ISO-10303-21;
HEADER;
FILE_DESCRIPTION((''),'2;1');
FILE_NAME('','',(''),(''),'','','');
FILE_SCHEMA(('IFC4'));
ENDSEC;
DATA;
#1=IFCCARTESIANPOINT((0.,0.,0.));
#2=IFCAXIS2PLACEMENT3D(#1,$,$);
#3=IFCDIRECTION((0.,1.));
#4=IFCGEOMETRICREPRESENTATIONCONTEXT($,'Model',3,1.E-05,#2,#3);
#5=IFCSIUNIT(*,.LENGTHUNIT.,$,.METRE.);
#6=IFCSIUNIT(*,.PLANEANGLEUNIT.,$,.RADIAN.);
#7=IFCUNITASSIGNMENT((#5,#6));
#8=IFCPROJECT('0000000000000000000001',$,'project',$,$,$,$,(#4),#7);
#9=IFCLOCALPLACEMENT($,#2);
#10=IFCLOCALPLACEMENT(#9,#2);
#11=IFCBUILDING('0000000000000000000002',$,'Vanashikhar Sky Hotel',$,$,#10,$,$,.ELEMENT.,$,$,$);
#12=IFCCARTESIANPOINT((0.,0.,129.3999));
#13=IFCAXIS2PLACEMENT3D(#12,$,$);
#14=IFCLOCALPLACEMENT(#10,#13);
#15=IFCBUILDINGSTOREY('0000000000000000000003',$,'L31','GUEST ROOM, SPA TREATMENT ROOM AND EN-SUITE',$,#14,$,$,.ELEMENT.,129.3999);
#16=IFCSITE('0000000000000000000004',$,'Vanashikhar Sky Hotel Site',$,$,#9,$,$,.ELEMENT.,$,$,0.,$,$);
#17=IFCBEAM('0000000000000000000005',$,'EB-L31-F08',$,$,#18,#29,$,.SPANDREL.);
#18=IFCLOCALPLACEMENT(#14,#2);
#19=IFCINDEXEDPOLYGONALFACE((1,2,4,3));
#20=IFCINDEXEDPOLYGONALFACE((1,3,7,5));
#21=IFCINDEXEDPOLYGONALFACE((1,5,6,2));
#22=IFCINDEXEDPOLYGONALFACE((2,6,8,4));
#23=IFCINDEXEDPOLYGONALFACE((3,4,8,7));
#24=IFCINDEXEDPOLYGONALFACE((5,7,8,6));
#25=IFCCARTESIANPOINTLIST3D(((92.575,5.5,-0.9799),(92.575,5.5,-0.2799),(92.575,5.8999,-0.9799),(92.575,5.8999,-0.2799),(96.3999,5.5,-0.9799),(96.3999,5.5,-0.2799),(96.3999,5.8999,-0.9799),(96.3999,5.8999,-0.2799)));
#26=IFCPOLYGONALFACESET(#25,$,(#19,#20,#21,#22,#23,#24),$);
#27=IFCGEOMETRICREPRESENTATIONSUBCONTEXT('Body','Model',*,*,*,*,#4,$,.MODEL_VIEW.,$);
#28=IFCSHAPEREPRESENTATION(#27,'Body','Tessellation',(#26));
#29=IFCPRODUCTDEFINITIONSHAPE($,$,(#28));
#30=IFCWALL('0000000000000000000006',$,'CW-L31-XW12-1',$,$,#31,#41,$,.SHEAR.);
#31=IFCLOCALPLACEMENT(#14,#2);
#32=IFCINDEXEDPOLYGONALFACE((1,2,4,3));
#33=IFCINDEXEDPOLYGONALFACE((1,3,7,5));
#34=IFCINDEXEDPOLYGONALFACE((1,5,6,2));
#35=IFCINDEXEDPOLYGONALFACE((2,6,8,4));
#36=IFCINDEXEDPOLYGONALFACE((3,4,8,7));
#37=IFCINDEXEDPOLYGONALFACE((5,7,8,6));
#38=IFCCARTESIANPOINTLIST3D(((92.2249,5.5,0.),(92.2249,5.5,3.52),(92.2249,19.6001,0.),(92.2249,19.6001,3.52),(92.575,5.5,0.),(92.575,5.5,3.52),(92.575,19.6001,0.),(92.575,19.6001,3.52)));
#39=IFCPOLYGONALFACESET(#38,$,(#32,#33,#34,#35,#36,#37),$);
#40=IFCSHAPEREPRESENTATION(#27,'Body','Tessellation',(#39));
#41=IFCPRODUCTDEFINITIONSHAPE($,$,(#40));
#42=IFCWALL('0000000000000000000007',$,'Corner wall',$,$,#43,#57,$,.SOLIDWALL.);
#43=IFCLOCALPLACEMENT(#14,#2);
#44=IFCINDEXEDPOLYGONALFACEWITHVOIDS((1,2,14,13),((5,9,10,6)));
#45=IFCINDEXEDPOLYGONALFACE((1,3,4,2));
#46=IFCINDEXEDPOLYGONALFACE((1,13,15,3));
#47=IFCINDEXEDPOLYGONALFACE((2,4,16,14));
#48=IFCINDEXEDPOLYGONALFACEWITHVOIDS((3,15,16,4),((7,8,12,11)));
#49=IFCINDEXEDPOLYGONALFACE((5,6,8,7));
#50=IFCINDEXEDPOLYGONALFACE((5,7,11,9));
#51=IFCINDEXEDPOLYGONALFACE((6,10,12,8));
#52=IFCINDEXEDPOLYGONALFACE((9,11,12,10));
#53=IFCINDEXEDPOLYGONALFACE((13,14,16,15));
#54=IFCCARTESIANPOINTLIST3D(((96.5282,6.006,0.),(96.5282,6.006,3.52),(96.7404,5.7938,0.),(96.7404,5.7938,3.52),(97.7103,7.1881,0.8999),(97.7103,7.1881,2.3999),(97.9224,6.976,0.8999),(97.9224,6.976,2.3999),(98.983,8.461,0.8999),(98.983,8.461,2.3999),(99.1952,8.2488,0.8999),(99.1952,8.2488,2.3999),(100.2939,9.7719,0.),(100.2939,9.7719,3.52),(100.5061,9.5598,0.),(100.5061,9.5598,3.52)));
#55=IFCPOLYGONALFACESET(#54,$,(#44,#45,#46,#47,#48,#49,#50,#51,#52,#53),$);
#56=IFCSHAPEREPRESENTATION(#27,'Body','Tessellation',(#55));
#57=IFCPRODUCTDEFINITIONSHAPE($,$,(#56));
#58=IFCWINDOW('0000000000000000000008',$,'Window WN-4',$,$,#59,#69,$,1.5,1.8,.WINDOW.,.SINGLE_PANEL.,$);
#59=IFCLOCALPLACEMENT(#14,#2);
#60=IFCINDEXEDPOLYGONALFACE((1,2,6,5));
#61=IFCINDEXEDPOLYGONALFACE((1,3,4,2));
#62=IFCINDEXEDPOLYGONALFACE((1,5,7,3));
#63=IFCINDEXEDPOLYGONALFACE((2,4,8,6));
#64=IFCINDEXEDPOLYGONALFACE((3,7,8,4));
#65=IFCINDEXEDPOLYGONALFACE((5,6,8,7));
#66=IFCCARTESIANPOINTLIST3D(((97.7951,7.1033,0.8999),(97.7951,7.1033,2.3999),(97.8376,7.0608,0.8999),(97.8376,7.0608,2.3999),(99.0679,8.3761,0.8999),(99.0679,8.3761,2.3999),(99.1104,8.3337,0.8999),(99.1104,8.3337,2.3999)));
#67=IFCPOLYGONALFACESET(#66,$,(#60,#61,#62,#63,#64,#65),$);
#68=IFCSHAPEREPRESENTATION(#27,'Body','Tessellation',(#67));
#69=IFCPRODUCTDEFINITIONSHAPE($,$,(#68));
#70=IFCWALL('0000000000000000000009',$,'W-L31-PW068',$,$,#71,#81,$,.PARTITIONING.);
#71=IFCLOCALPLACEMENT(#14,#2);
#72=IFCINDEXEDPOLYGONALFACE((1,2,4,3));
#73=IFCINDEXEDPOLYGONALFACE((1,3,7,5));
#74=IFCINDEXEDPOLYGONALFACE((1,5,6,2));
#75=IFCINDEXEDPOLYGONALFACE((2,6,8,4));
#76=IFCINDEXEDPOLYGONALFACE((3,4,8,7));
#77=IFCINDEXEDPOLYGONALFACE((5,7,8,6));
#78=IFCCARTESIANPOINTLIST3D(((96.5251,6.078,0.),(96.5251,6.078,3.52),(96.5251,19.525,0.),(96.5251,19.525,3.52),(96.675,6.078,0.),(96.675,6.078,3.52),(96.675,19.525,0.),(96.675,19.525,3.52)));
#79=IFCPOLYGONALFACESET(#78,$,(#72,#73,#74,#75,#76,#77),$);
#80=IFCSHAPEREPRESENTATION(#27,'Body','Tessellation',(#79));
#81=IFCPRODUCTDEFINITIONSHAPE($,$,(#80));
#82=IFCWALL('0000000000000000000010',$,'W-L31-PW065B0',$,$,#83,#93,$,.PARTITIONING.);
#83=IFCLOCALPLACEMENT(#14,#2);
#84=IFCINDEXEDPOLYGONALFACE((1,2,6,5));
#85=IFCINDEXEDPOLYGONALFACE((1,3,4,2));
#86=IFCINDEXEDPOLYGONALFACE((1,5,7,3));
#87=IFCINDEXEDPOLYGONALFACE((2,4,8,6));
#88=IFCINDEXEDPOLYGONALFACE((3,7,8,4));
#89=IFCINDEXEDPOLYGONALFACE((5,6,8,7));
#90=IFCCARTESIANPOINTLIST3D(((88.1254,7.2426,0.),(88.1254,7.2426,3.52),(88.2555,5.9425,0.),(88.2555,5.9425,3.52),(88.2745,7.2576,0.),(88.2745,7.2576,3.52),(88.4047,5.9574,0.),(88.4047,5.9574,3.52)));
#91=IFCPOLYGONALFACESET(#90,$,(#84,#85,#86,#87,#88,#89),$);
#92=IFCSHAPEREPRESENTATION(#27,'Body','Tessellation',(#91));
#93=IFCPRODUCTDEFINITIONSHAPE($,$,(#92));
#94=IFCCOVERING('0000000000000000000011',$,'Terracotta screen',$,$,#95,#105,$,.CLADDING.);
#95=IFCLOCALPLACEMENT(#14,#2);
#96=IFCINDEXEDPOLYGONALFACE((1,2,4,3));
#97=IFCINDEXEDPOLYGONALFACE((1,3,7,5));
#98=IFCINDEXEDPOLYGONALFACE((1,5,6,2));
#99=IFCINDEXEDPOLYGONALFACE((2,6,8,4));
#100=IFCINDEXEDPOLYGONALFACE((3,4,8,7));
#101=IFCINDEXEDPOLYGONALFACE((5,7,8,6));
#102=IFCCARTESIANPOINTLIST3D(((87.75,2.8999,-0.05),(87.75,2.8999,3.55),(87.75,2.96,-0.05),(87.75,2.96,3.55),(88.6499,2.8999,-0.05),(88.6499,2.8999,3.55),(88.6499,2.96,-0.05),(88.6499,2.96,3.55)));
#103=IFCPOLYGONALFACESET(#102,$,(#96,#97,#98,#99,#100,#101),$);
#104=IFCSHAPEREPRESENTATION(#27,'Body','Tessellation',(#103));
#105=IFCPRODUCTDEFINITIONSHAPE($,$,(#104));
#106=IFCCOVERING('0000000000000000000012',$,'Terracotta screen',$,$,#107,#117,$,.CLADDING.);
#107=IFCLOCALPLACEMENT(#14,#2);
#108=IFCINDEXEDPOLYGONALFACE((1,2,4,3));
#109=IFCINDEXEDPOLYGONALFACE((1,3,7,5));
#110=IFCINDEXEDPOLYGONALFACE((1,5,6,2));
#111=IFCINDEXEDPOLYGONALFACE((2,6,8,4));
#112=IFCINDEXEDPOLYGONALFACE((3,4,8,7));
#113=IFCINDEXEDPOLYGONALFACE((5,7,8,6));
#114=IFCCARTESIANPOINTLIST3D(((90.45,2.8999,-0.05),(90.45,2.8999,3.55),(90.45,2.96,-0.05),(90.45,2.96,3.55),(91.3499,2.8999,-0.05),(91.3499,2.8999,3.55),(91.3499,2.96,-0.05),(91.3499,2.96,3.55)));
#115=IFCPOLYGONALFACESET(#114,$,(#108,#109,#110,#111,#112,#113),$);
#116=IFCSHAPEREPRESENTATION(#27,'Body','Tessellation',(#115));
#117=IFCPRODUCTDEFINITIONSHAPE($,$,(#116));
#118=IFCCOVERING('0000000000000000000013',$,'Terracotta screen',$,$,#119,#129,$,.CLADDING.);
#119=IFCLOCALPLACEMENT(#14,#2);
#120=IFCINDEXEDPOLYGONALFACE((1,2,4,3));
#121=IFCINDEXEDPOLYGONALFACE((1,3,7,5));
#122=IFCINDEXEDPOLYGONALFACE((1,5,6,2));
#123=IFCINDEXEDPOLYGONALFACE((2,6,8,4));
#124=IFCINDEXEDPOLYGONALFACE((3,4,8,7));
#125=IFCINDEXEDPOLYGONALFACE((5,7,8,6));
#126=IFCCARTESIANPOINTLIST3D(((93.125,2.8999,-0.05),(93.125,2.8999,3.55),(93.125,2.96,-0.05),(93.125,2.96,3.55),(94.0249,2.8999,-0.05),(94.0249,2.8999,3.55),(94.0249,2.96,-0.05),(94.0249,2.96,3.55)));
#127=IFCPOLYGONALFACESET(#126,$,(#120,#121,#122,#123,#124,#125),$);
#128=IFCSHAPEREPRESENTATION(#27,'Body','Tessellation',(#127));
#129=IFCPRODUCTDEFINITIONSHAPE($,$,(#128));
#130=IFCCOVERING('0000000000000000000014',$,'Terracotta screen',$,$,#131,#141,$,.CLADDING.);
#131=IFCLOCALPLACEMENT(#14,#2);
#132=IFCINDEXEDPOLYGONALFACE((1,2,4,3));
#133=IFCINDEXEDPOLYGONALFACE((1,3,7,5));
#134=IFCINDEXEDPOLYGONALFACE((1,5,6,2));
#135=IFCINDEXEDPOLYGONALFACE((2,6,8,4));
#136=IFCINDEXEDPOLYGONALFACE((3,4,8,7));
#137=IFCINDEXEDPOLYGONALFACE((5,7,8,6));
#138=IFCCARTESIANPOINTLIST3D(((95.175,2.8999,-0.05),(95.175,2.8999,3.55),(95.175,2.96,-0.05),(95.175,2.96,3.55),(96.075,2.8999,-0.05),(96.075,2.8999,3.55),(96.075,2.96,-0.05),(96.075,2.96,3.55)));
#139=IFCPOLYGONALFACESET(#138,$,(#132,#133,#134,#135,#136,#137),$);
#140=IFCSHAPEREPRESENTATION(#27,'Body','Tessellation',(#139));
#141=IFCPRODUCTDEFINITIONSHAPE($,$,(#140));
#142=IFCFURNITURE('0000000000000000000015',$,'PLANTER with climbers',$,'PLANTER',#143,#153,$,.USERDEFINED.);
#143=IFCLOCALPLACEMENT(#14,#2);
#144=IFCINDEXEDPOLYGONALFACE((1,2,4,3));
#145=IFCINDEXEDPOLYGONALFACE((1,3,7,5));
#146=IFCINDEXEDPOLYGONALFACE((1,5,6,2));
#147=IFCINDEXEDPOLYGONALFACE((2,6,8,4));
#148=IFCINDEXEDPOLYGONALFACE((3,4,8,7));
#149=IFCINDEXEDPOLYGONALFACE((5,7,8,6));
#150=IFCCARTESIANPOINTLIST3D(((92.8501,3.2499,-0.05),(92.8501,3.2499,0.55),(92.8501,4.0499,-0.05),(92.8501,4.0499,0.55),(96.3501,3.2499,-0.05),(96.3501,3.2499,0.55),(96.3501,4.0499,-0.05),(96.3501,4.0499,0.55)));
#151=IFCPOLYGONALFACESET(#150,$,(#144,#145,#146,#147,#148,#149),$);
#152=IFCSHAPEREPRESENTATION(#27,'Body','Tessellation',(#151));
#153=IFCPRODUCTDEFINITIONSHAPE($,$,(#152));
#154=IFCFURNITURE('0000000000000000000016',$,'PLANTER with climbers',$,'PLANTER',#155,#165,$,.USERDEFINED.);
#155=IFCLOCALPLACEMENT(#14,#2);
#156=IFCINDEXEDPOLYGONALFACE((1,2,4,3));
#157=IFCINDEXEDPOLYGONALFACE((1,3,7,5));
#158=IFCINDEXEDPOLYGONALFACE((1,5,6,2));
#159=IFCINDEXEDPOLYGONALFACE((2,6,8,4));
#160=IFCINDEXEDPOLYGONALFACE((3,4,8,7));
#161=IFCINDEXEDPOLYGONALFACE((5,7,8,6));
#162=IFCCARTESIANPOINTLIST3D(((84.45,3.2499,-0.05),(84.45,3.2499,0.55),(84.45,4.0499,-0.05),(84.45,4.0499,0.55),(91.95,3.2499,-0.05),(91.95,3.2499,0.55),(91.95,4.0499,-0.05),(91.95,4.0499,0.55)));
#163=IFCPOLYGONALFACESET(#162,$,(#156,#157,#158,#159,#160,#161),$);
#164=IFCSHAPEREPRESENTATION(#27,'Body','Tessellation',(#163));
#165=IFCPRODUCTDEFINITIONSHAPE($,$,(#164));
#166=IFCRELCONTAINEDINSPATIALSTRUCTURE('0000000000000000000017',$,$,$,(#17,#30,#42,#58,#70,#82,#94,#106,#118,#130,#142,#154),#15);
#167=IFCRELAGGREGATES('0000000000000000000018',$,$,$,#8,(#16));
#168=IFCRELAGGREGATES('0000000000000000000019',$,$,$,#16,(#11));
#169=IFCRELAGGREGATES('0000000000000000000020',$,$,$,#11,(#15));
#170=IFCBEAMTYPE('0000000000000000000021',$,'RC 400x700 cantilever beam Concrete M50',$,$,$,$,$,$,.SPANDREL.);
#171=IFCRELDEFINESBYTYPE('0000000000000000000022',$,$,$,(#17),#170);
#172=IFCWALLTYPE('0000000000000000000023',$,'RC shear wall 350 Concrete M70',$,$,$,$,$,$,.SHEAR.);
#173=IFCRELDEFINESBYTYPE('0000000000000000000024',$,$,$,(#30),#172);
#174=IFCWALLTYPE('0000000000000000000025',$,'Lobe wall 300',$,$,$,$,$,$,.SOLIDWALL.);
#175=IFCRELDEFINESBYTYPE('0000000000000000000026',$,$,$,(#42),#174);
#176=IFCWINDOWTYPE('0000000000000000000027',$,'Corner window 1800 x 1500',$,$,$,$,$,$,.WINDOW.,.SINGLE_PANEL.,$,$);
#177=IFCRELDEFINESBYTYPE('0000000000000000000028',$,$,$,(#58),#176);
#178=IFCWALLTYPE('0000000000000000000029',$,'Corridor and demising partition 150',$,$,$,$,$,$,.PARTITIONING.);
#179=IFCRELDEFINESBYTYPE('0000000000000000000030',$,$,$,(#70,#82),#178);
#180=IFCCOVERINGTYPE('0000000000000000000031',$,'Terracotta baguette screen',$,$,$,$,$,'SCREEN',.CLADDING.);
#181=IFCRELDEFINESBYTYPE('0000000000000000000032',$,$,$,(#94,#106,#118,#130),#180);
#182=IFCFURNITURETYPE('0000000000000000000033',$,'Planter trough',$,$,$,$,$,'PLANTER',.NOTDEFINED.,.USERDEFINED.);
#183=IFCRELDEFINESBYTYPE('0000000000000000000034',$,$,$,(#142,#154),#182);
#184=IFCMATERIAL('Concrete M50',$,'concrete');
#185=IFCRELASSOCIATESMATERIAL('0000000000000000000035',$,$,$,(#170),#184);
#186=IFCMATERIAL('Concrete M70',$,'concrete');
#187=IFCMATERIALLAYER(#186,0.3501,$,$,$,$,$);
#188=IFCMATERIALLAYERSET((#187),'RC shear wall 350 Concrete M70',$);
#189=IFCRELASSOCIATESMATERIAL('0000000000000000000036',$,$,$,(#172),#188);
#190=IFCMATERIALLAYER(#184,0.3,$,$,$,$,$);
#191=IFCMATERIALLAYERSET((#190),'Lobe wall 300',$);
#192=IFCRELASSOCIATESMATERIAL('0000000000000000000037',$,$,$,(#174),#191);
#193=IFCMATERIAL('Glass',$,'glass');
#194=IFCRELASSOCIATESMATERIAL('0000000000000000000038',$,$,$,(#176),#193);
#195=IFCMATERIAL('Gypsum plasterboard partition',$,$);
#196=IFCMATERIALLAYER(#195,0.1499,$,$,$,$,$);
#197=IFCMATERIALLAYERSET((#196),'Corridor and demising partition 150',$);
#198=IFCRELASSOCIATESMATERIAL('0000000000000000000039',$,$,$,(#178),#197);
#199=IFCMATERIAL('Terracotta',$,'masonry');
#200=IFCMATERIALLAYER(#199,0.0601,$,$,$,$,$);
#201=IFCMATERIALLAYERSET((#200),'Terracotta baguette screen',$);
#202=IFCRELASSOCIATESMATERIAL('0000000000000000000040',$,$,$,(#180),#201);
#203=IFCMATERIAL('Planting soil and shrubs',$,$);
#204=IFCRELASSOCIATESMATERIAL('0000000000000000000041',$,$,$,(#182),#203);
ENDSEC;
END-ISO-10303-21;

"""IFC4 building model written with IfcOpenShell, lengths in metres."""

from ifc_helpers import new_model, si_unit, direction, frame, frame_2d, origin, origin_2d, place, context, subcontext, project, spatial, rectangle, extrude, source, transform, mapped, material, layer, layer_set, material_profile, profile_set, type_object, element, fill, save


model = new_model("IFC4")

# Units and contexts
model_context = context("Model", 3, precision=1e-05, world=origin(), true_north=direction((0.0, 1.0)))
body_context = subcontext(model_context, "Body", "Model", "MODEL_VIEW")
ifc_project = project(units=[si_unit("LENGTHUNIT", "METRE"), si_unit("PLANEANGLEUNIT", "RADIAN")], contexts=[model_context])

# Site, building, storey
site_placement = place(None, origin())
site = spatial("IfcSite", under=ifc_project, at=site_placement, Name="Vanashikhar Sky Hotel Site", CompositionType="ELEMENT", RefElevation=0.0)
building_placement = place(site_placement, origin())
building = spatial("IfcBuilding", under=site, at=building_placement, Name="Vanashikhar Sky Hotel", CompositionType="ELEMENT")
storey_placement = place(building_placement, frame((0.0, 0.0, 129.3999)))
storey = spatial("IfcBuildingStorey", under=building, at=storey_placement, Name="L31", Description="GUEST ROOM, SPA TREATMENT ROOM AND EN-SUITE", CompositionType="ELEMENT", Elevation=129.3999)

# Beam
ifc_material_1 = material(Name="Concrete M50", Category="concrete")
ifc_material_profile = material_profile(ifc_material_1, rectangle(XDim=0.3999, YDim=0.7, at=origin_2d()))
ifc_profile_set = profile_set([ifc_material_profile], Name="RC 400x700 cantilever beam Concrete M50")
beam_type = type_object("IfcBeamType", Name="RC 400x700 cantilever beam Concrete M50", PredefinedType="SPANDREL", material=ifc_profile_set)
shared_shape_1 = source(origin(), body_context, "Body", "SweptSolid", [
    extrude(rectangle(XDim=0.3999, YDim=0.7, at=origin_2d()), origin(), (0.0, 0.0, 1.0), 3.825),
])
beam_placement = place(storey_placement, frame((92.575, 5.7, -0.6299), z_axis=(1.0, 0.0, 0.0), x_axis=(0.0, 1.0, 0.0)))
element("IfcBeam", 1, at=beam_placement, inside=storey, type_object=beam_type, Name="EB-L31-F08", PredefinedType="SPANDREL", context=body_context, shape_type="MappedRepresentation", body=[
    mapped(shared_shape_1, transform((0.0, 0.0, 0.0), scale=1.0)),
])

# Wall
ifc_material_2 = material(Name="Concrete M70", Category="concrete")
ifc_layer_1 = layer(ifc_material_2, 0.3501)
ifc_layer_set_1 = layer_set([ifc_layer_1], Name="RC shear wall 350 Concrete M70")
wall_type_1 = type_object("IfcWallType", Name="RC shear wall 350 Concrete M70", PredefinedType="SHEAR", material=ifc_layer_set_1)
shared_shape_2 = source(origin(), body_context, "Body", "SweptSolid", [
    extrude(rectangle(XDim=14.1001, YDim=0.3501, at=frame_2d((7.05, 0.0))), origin(), (0.0, 0.0, 1.0), 3.52),
])
wall_1_placement = place(storey_placement, frame((92.3999, 5.5, 0.0), z_axis=(0.0, 0.0, 1.0), x_axis=(0.0, 1.0, 0.0)))
element("IfcWall", 2, at=wall_1_placement, inside=storey, type_object=wall_type_1, Name="CW-L31-XW12-1", PredefinedType="SHEAR", context=body_context, shape_type="MappedRepresentation", body=[
    mapped(shared_shape_2, transform((0.0, 0.0, 0.0), scale=1.0)),
])

# Wall, opening, window
ifc_layer_2 = layer(ifc_material_1, 0.3)
ifc_layer_set_2 = layer_set([ifc_layer_2], Name="Lobe wall 300")
wall_type_2 = type_object("IfcWallType", Name="Lobe wall 300", PredefinedType="SOLIDWALL", material=ifc_layer_set_2)
shared_shape_3 = source(origin(), body_context, "Body", "SweptSolid", [
    extrude(rectangle(XDim=5.3257, YDim=0.3, at=frame_2d((2.6628, 0.0))), origin(), (0.0, 0.0, 1.0), 3.52),
])
wall_2_placement = place(storey_placement, frame((96.6343, 5.8999, 0.0), z_axis=(0.0, 0.0, 1.0), x_axis=(0.707084, 0.70713, 0.0)))
wall_2 = element("IfcWall", 3, at=wall_2_placement, inside=storey, type_object=wall_type_2, Name="Corner wall", PredefinedType="SOLIDWALL", context=body_context, shape_type="MappedRepresentation", body=[
    mapped(shared_shape_3, transform((0.0, 0.0, 0.0), scale=1.0)),
])
shared_shape_4 = source(origin(), body_context, "Body", "SweptSolid", [
    extrude(rectangle(XDim=1.8, YDim=1.5, at=frame_2d((0.8999, 0.75))), frame((0.0, 0.1602, 0.0), z_axis=(0.0, -1.0, 0.0), x_axis=(1.0, 0.0, 0.0)), (0.0, 0.0, 1.0), 0.3201),
])
opening_1_placement = place(wall_2_placement, frame((1.6719, 0.0, 0.8999)))
opening_1 = element("IfcOpeningElement", 4, at=opening_1_placement, cuts=wall_2, PredefinedType="OPENING", context=body_context, shape_type="MappedRepresentation", body=[
    mapped(shared_shape_4, transform((0.0, 0.0, 0.0), scale=1.0)),
])
ifc_material_3 = material(Name="Glass", Category="glass")
window_type_1 = type_object("IfcWindowType", Name="Corner window 1800 x 1500", PartitioningType="SINGLE_PANEL", PredefinedType="WINDOW", material=ifc_material_3)
shared_shape_5 = source(origin(), body_context, "Body", "SweptSolid", [
    extrude(rectangle(XDim=1.8, YDim=1.5, at=frame_2d((0.8999, 0.75))), frame((0.0, 0.03, 0.0), z_axis=(0.0, -1.0, 0.0), x_axis=(1.0, 0.0, 0.0)), (0.0, 0.0, 1.0), 0.0601),
])
window_1_placement = place(opening_1_placement, origin())
window_1 = element("IfcWindow", 5, at=window_1_placement, inside=storey, type_object=window_type_1, Name="Window WN-4", OverallHeight=1.5, OverallWidth=1.8, PartitioningType="SINGLE_PANEL", PredefinedType="WINDOW", context=body_context, shape_type="MappedRepresentation", body=[
    mapped(shared_shape_5, transform((0.0, 0.0, 0.0), scale=1.0)),
])
fill(opening_1, window_1)

# Walls
ifc_material_4 = material(Name="Gypsum plasterboard partition")
ifc_layer_3 = layer(ifc_material_4, 0.1499)
ifc_layer_set_3 = layer_set([ifc_layer_3], Name="Corridor and demising partition 150")
wall_type_3 = type_object("IfcWallType", Name="Corridor and demising partition 150", PredefinedType="PARTITIONING", material=ifc_layer_set_3)
shared_shape_6 = source(origin(), body_context, "Body", "SweptSolid", [
    extrude(rectangle(XDim=13.447, YDim=0.1499, at=frame_2d((6.7236, 0.0))), origin(), (0.0, 0.0, 1.0), 3.52),
])
wall_3_placement = place(storey_placement, frame((96.6001, 6.0779, 0.0), z_axis=(0.0, 0.0, 1.0), x_axis=(0.0, 1.0, 0.0)))
element("IfcWall", 6, at=wall_3_placement, inside=storey, type_object=wall_type_3, Name="W-L31-PW068", PredefinedType="PARTITIONING", context=body_context, shape_type="MappedRepresentation", body=[
    mapped(shared_shape_6, transform((0.0, 0.0, 0.0), scale=1.0)),
])
shared_shape_7 = source(origin(), body_context, "Body", "SweptSolid", [
    extrude(rectangle(XDim=1.3066, YDim=0.1499, at=frame_2d((0.6533, 0.0))), origin(), (0.0, 0.0, 1.0), 3.52),
])
wall_4_placement = place(storey_placement, frame((88.3301, 5.95, 0.0), z_axis=(0.0, 0.0, 1.0), x_axis=(-0.099596, 0.995028, 0.0)))
element("IfcWall", 7, at=wall_4_placement, inside=storey, type_object=wall_type_3, Name="W-L31-PW065B0", PredefinedType="PARTITIONING", context=body_context, shape_type="MappedRepresentation", body=[
    mapped(shared_shape_7, transform((0.0, 0.0, 0.0), scale=1.0)),
])

# Coverings
ifc_material_5 = material(Name="Terracotta", Category="masonry")
ifc_layer_4 = layer(ifc_material_5, 0.0601)
ifc_layer_set_4 = layer_set([ifc_layer_4], Name="Terracotta baguette screen")
covering_type = type_object("IfcCoveringType", Name="Terracotta baguette screen", ElementType="SCREEN", PredefinedType="CLADDING", material=ifc_layer_set_4)
shared_shape_8 = source(origin(), body_context, "Body", "SweptSolid", [
    extrude(rectangle(XDim=0.8999, YDim=0.0601, at=origin_2d()), origin(), (0.0, 0.0, 1.0), 3.6001),
])
for number, where, z_axis, x_axis, name in (
    (8, (88.2, 2.9299, -0.05), (0.0, 0.0, 1.0), (1.0, 0.0, 0.0), "Terracotta screen"),
    (9, (90.8999, 2.9299, -0.05), (0.0, 0.0, 1.0), (1.0, 0.0, 0.0), "Terracotta screen"),
    (10, (93.575, 2.9299, -0.05), (0.0, 0.0, 1.0), (1.0, 0.0, 0.0), "Terracotta screen"),
    (11, (95.625, 2.9299, -0.05), (0.0, 0.0, 1.0), (1.0, 0.0, 0.0), "Terracotta screen"),
):
    element("IfcCovering", number, at=place(storey_placement, frame(where, z_axis=z_axis, x_axis=x_axis)), inside=storey, type_object=covering_type, Name=name, PredefinedType="CLADDING", context=body_context, shape_type="MappedRepresentation", body=[
        mapped(shared_shape_8, transform((0.0, 0.0, 0.0), scale=1.0)),
    ])

# Furniture
ifc_material_6 = material(Name="Planting soil and shrubs")
furniture_type = type_object("IfcFurnitureType", Name="Planter trough", ElementType="PLANTER", AssemblyPlace="NOTDEFINED", PredefinedType="USERDEFINED", material=ifc_material_6)
shared_shape_9 = source(origin(), body_context, "Body", "SweptSolid", [
    extrude(rectangle(XDim=3.5, YDim=0.8, at=origin_2d()), origin(), (0.0, 0.0, 1.0), 0.6001),
])
furniture_1_placement = place(storey_placement, frame((94.6001, 3.6499, -0.05), z_axis=(0.0, 0.0, 1.0), x_axis=(1.0, 0.0, 0.0)))
element("IfcFurniture", 12, at=furniture_1_placement, inside=storey, type_object=furniture_type, Name="PLANTER with climbers", ObjectType="PLANTER", PredefinedType="USERDEFINED", context=body_context, shape_type="MappedRepresentation", body=[
    mapped(shared_shape_9, transform((0.0, 0.0, 0.0), scale=1.0)),
])
shared_shape_10 = source(origin(), body_context, "Body", "SweptSolid", [
    extrude(rectangle(XDim=7.5, YDim=0.8, at=origin_2d()), origin(), (0.0, 0.0, 1.0), 0.6001),
])
furniture_2_placement = place(storey_placement, frame((88.2, 3.6499, -0.05), z_axis=(0.0, 0.0, 1.0), x_axis=(1.0, 0.0, 0.0)))
element("IfcFurniture", 13, at=furniture_2_placement, inside=storey, type_object=furniture_type, Name="PLANTER with climbers", ObjectType="PLANTER", PredefinedType="USERDEFINED", context=body_context, shape_type="MappedRepresentation", body=[
    mapped(shared_shape_10, transform((0.0, 0.0, 0.0), scale=1.0)),
])

save(model, "model.ifc")
